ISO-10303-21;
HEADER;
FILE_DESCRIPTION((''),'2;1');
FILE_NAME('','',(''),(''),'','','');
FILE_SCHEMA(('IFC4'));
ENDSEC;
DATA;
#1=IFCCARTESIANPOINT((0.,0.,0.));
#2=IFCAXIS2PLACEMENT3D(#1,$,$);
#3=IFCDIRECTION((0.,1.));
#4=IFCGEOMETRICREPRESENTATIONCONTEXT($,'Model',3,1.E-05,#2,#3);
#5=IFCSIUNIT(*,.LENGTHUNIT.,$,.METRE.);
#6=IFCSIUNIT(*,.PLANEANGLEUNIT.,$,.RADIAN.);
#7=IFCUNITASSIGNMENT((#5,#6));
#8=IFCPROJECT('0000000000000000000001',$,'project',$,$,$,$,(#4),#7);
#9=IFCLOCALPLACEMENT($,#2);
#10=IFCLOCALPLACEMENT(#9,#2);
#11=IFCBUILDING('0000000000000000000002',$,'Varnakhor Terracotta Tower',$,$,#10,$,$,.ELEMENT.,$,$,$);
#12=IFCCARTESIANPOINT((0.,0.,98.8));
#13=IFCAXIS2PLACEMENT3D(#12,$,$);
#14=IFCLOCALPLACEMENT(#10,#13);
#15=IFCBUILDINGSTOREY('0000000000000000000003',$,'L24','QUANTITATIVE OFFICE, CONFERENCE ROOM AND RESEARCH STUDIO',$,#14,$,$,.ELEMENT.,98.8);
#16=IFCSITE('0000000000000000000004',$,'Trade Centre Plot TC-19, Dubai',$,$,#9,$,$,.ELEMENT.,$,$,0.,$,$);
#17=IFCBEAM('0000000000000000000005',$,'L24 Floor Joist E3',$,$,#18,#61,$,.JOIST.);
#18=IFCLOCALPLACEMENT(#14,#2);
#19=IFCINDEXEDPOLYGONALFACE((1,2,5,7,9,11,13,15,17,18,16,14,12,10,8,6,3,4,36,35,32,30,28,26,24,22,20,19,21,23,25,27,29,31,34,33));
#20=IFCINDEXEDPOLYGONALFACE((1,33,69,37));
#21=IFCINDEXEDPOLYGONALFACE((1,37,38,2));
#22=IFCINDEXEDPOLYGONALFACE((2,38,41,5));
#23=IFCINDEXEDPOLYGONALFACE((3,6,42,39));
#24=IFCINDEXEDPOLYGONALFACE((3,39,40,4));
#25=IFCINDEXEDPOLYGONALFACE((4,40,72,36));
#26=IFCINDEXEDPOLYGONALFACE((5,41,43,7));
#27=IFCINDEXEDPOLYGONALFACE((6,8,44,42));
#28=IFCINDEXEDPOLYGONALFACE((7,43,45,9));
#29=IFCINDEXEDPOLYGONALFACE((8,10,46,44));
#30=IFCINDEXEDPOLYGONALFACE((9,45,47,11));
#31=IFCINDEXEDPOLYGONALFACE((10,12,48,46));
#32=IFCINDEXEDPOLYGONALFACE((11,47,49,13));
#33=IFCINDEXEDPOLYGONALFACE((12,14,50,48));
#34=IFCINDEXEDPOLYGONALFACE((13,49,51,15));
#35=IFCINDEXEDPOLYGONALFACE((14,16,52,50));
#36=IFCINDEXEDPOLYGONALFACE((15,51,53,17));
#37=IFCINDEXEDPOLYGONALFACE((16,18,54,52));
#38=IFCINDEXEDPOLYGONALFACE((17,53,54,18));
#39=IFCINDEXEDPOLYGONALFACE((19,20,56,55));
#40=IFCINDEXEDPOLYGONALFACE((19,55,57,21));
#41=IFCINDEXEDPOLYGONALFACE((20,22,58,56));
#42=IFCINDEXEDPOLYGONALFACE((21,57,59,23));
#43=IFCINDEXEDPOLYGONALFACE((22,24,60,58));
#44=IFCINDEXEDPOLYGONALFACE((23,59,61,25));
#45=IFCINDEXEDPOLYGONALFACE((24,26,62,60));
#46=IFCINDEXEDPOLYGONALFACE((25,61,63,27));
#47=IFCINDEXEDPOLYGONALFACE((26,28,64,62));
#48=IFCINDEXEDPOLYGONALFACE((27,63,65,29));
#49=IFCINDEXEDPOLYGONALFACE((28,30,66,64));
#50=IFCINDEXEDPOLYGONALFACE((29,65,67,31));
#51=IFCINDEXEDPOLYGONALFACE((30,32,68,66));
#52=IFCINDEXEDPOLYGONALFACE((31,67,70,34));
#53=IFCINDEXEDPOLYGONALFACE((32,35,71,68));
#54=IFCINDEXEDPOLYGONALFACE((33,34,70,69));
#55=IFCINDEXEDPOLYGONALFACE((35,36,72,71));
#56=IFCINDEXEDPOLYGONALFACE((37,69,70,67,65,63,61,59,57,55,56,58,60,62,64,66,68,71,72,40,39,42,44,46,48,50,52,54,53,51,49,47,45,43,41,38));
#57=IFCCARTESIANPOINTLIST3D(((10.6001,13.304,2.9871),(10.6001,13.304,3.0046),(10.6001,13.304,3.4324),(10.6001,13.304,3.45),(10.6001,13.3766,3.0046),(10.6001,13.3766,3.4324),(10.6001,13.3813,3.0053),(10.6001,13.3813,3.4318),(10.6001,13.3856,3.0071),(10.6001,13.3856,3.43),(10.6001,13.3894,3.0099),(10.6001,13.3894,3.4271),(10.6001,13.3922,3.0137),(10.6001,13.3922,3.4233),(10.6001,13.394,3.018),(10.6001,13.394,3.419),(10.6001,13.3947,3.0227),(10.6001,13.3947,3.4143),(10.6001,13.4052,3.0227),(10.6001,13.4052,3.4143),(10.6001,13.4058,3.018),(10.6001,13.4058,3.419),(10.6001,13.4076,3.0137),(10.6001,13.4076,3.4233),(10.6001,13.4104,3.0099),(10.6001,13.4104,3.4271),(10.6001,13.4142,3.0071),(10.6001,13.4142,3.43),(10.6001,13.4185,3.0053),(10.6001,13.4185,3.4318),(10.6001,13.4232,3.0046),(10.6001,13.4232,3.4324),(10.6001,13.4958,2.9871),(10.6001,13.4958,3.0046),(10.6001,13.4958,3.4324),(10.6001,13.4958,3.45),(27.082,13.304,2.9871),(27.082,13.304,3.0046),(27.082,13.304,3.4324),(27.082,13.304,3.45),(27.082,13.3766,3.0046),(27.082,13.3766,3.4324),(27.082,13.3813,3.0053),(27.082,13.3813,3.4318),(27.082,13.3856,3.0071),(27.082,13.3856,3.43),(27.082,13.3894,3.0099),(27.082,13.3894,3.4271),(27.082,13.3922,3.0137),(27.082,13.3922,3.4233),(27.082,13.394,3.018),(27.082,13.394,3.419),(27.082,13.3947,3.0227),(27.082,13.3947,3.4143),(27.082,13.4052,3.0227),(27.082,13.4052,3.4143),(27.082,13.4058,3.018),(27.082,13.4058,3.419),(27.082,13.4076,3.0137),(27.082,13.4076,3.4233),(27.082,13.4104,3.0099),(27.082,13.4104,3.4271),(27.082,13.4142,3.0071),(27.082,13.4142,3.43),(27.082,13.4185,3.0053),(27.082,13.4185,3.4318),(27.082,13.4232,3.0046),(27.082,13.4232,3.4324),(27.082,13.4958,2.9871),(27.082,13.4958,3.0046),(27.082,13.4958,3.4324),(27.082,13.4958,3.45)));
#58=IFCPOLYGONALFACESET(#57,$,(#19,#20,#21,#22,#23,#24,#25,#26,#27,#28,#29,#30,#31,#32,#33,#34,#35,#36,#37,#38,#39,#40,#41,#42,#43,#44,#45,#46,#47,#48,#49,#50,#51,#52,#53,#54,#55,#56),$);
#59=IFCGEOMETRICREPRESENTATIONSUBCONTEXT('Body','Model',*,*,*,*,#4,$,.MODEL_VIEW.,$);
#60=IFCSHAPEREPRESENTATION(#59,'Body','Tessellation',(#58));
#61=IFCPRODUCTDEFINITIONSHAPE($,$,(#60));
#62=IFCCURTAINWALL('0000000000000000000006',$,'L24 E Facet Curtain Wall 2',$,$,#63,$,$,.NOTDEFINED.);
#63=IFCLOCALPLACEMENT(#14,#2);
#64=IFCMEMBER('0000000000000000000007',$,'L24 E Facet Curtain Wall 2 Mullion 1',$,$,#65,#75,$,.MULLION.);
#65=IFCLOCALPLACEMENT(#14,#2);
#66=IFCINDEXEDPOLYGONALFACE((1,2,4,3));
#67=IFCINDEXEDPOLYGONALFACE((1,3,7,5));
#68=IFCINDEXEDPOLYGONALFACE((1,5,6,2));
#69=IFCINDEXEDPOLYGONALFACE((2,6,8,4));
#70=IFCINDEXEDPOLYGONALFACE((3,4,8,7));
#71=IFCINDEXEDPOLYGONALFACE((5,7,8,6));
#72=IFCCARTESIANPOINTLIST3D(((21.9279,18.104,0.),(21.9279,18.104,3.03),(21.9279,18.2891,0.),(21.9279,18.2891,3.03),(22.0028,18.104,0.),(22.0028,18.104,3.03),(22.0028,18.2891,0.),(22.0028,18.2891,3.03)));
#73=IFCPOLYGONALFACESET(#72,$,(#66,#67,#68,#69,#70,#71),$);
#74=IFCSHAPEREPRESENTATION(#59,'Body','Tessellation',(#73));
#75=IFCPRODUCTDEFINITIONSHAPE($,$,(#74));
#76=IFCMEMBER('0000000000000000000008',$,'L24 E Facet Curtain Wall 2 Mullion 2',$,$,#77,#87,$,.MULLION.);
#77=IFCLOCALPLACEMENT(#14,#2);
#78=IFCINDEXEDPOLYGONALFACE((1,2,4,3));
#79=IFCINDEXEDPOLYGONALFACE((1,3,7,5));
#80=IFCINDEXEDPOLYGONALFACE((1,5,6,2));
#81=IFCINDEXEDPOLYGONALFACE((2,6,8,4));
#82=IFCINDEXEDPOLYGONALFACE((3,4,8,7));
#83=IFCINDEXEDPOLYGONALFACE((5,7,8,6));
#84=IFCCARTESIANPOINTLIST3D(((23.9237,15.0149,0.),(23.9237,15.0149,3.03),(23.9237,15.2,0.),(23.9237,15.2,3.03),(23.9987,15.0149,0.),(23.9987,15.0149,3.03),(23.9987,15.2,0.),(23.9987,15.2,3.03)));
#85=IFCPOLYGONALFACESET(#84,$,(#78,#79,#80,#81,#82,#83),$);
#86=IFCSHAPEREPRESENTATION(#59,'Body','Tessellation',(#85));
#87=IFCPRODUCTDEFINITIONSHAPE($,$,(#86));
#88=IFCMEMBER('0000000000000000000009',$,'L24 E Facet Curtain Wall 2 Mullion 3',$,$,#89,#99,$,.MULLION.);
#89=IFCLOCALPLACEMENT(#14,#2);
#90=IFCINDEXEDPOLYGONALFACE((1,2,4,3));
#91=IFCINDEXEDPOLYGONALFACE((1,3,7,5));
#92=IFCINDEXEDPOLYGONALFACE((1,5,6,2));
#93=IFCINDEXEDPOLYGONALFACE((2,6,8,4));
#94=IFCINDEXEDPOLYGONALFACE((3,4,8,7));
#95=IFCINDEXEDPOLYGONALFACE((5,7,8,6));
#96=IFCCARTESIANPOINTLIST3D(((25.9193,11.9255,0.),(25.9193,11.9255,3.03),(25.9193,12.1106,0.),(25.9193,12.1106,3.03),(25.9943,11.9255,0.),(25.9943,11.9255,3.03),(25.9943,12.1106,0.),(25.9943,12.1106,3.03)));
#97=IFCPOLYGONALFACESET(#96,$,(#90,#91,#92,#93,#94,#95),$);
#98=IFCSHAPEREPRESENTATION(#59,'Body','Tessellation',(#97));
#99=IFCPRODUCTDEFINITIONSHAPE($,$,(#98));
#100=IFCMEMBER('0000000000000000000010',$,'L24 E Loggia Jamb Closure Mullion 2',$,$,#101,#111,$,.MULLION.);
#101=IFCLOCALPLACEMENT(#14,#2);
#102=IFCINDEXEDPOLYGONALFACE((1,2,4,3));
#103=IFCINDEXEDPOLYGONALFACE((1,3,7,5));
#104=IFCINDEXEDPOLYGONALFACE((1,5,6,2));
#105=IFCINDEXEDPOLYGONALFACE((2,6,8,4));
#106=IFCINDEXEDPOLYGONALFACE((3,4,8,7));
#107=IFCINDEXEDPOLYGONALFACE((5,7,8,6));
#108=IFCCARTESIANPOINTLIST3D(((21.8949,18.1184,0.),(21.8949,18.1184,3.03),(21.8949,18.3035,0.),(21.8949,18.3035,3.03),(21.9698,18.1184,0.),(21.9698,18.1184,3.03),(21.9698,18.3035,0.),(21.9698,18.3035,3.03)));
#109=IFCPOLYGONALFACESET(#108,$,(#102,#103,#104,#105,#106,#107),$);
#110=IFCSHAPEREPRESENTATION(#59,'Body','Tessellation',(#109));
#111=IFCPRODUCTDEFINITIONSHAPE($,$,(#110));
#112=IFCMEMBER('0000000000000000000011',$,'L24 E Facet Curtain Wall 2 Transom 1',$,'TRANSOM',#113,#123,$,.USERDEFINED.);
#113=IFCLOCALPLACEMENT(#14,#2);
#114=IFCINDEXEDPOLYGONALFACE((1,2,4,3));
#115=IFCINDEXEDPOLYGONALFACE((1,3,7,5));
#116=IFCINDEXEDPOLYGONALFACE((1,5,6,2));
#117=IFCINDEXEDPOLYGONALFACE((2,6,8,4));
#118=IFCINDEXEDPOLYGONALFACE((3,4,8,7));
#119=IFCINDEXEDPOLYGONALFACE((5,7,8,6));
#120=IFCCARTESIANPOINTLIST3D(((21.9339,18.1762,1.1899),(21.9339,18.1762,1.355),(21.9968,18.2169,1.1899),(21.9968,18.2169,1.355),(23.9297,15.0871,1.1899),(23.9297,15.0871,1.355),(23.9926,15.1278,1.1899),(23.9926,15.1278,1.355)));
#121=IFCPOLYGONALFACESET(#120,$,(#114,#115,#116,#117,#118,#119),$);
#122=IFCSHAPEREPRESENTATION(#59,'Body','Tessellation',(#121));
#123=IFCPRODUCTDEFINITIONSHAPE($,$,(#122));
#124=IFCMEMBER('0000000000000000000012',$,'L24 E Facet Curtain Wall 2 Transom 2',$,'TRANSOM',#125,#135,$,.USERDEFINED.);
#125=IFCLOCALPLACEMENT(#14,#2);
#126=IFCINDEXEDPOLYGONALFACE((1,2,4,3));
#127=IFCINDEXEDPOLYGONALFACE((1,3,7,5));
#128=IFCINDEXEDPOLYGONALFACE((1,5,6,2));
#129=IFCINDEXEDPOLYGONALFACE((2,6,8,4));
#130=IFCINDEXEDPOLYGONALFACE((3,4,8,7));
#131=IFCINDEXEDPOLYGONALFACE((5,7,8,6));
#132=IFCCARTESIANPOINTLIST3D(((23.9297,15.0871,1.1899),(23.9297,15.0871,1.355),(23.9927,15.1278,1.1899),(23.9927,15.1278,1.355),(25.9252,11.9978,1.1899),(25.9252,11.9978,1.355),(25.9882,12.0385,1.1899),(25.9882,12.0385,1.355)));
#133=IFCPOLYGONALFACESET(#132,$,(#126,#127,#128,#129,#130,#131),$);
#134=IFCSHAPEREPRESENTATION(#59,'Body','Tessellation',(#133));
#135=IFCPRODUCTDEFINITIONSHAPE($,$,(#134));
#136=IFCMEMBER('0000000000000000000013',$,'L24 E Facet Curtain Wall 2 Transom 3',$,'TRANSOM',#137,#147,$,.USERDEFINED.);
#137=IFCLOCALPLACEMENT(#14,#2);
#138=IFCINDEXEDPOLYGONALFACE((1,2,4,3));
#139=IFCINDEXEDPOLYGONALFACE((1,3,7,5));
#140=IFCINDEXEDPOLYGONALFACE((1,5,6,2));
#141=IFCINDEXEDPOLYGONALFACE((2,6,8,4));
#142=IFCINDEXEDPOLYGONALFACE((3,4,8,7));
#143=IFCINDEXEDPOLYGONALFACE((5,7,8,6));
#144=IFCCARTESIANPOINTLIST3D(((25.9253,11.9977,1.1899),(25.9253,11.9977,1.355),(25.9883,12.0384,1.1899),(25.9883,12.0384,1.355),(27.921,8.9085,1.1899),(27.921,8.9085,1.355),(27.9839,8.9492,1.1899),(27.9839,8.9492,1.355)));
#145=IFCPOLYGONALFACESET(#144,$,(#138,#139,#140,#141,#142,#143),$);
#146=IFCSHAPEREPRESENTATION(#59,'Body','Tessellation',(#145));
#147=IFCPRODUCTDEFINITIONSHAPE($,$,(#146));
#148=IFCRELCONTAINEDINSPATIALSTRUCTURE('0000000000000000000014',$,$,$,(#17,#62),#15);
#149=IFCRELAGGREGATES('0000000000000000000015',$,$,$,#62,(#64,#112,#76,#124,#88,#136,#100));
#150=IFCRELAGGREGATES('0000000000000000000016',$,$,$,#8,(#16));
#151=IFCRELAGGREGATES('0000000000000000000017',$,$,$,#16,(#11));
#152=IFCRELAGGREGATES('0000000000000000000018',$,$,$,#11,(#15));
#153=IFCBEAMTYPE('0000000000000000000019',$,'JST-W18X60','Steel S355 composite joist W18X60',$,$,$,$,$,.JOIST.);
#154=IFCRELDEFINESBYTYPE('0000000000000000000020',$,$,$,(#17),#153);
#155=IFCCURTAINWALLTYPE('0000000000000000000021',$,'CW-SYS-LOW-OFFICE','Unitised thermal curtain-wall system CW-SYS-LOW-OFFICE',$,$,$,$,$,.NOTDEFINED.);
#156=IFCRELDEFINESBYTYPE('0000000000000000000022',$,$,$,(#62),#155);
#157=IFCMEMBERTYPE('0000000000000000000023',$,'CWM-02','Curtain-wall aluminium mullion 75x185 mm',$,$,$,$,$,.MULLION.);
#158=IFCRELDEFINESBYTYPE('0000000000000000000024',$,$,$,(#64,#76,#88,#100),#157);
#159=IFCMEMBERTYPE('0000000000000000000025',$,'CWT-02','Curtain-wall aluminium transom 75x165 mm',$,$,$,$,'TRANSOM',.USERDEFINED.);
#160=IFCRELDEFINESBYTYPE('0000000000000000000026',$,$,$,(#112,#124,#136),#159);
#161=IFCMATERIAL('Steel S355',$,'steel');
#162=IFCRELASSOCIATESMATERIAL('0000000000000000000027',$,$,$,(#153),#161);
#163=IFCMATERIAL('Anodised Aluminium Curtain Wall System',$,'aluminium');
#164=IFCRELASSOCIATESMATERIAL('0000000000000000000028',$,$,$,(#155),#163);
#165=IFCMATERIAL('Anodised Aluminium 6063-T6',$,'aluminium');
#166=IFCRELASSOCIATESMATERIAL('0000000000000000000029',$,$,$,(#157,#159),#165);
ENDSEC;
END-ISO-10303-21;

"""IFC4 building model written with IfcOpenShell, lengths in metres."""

from ifc_helpers import new_model, si_unit, direction, frame, origin, origin_2d, place, context, subcontext, project, spatial, rectangle, i_section, extrude, source, transform, mapped, material, material_profile, profile_set, type_object, type_shapes, element, aggregate, save


model = new_model("IFC4")

# Units and contexts
model_context = context("Model", 3, precision=1e-05, world=origin(), true_north=direction((0.0, 1.0)))
body_context = subcontext(model_context, "Body", "Model", "MODEL_VIEW")
ifc_project = project(units=[si_unit("LENGTHUNIT", "METRE"), si_unit("PLANEANGLEUNIT", "RADIAN")], contexts=[model_context])

# Site, building, storey
site_placement = place(None, origin())
site = spatial("IfcSite", under=ifc_project, at=site_placement, Name="Trade Centre Plot TC-19, Dubai", CompositionType="ELEMENT", RefElevation=0.0)
building_placement = place(site_placement, origin())
building = spatial("IfcBuilding", under=site, at=building_placement, Name="Varnakhor Terracotta Tower", CompositionType="ELEMENT")
storey_placement = place(building_placement, frame((0.0, 0.0, 98.8)))
storey = spatial("IfcBuildingStorey", under=building, at=storey_placement, Name="L24", Description="QUANTITATIVE OFFICE, CONFERENCE ROOM AND RESEARCH STUDIO", CompositionType="ELEMENT", Elevation=98.8)

# Beam
ifc_material_1 = material(Name="Steel S355", Category="steel")
ifc_material_profile_1 = material_profile(ifc_material_1, i_section(OverallWidth=0.1919, OverallDepth=0.4629, WebThickness=0.0105, FlangeThickness=0.0176, FilletRadius=0.0181, at=origin_2d()), Name="W18X60")
ifc_profile_set_1 = profile_set([ifc_material_profile_1], Name="Steel S355")
beam_type_1 = type_object("IfcBeamType", Name="JST-W18X60", Description="Steel S355 composite joist W18X60", PredefinedType="JOIST", material=ifc_profile_set_1)
shared_shape_1 = source(origin(), body_context, "Body", "SweptSolid", [
    extrude(i_section(OverallWidth=0.1919, OverallDepth=0.4629, WebThickness=0.0105, FlangeThickness=0.0176, FilletRadius=0.0181, at=origin_2d()), origin(), (0.0, 0.0, 1.0), 16.4819),
])
beam_1_placement = place(storey_placement, frame((10.6001, 13.3999, 3.2185), z_axis=(1.0, 0.0, 0.0), x_axis=(0.0, 1.0, 0.0)))
element("IfcBeam", 1, at=beam_1_placement, inside=storey, type_object=beam_type_1, Name="L24 Floor Joist E3", PredefinedType="JOIST", context=body_context, shape_type="MappedRepresentation", body=[
    mapped(shared_shape_1, transform((0.0, 0.0, 0.0), scale=1.0)),
])

# Curtain wall, members
ifc_material_2 = material(Name="Anodised Aluminium Curtain Wall System", Category="aluminium")
curtain_wall_type = type_object("IfcCurtainWallType", Name="CW-SYS-LOW-OFFICE", Description="Unitised thermal curtain-wall system CW-SYS-LOW-OFFICE", PredefinedType="NOTDEFINED", material=ifc_material_2)
curtain_wall_placement = place(storey_placement, origin())
curtain_wall = element("IfcCurtainWall", 2, at=curtain_wall_placement, inside=storey, type_object=curtain_wall_type, Name="L24 E Facet Curtain Wall 2", PredefinedType="NOTDEFINED")
ifc_material_3 = material(Name="Anodised Aluminium 6063-T6", Category="aluminium")
ifc_material_profile_2 = material_profile(ifc_material_3, rectangle(XDim=0.075, YDim=0.1851, at=origin_2d()), Name="ALU MULLION 75x185")
ifc_profile_set_2 = profile_set([ifc_material_profile_2], Name="Anodised Aluminium 6063-T6")
member_type_1 = type_object("IfcMemberType", Name="CWM-02", Description="Curtain-wall aluminium mullion 75x185 mm", PredefinedType="MULLION", material=ifc_profile_set_2)
shared_shape_2 = source(origin(), body_context, "Body", "SweptSolid", [
    extrude(rectangle(XDim=0.075, YDim=0.1851, at=origin_2d()), origin(), (0.0, 0.0, 1.0), 3.03),
])
type_shapes(member_type_1, [shared_shape_2])
member_1_placement = place(storey_placement, frame((21.9653, 18.1965, 0.0), z_axis=(0.0, 0.0, 1.0), x_axis=(1.0, 0.0, 0.0)))
member_1 = element("IfcMember", 3, at=member_1_placement, type_object=member_type_1, Name="L24 E Facet Curtain Wall 2 Mullion 1", PredefinedType="MULLION", context=body_context, shape_type="MappedRepresentation", body=[
    mapped(shared_shape_2, transform((0.0, 0.0, 0.0), scale=1.0)),
])
member_2_placement = place(storey_placement, frame((23.9612, 15.1074, 0.0), z_axis=(0.0, 0.0, 1.0), x_axis=(1.0, 0.0, 0.0)))
member_2 = element("IfcMember", 4, at=member_2_placement, type_object=member_type_1, Name="L24 E Facet Curtain Wall 2 Mullion 2", PredefinedType="MULLION", context=body_context, shape_type="MappedRepresentation", body=[
    mapped(shared_shape_2, transform((0.0, 0.0, 0.0), scale=1.0)),
])
member_3_placement = place(storey_placement, frame((25.9568, 12.0181, 0.0), z_axis=(0.0, 0.0, 1.0), x_axis=(1.0, 0.0, 0.0)))
member_3 = element("IfcMember", 5, at=member_3_placement, type_object=member_type_1, Name="L24 E Facet Curtain Wall 2 Mullion 3", PredefinedType="MULLION", context=body_context, shape_type="MappedRepresentation", body=[
    mapped(shared_shape_2, transform((0.0, 0.0, 0.0), scale=1.0)),
])
member_4_placement = place(storey_placement, frame((21.9324, 18.2109, 0.0), z_axis=(0.0, 0.0, 1.0), x_axis=(1.0, 0.0, 0.0)))
member_4 = element("IfcMember", 6, at=member_4_placement, type_object=member_type_1, Name="L24 E Loggia Jamb Closure Mullion 2", PredefinedType="MULLION", context=body_context, shape_type="MappedRepresentation", body=[
    mapped(shared_shape_2, transform((0.0, 0.0, 0.0), scale=1.0)),
])
ifc_material_profile_3 = material_profile(ifc_material_3, rectangle(XDim=0.075, YDim=0.165, at=origin_2d()), Name="ALU TRANSOM 75x165")
ifc_profile_set_3 = profile_set([ifc_material_profile_3], Name="Anodised Aluminium 6063-T6")
member_type_2 = type_object("IfcMemberType", Name="CWT-02", Description="Curtain-wall aluminium transom 75x165 mm", ElementType="TRANSOM", PredefinedType="USERDEFINED", material=ifc_profile_set_3)
shared_shape_3 = source(origin(), body_context, "Body", "SweptSolid", [
    extrude(rectangle(XDim=0.075, YDim=0.165, at=origin_2d()), origin(), (0.0, 0.0, 1.0), 3.6777),
])
member_5_placement = place(storey_placement, frame((21.9653, 18.1965, 1.2725), z_axis=(0.542679, -0.83994, 0.0), x_axis=(0.83994, 0.542679, 0.0)))
member_5 = element("IfcMember", 7, at=member_5_placement, type_object=member_type_2, Name="L24 E Facet Curtain Wall 2 Transom 1", ObjectType="TRANSOM", PredefinedType="USERDEFINED", context=body_context, shape_type="MappedRepresentation", body=[
    mapped(shared_shape_3, transform((0.0, 0.0, 0.0), scale=1.0)),
])
member_6_placement = place(storey_placement, frame((23.9612, 15.1074, 1.2725), z_axis=(0.542602, -0.83999, 0.0), x_axis=(0.83999, 0.542602, 0.0)))
member_6 = element("IfcMember", 8, at=member_6_placement, type_object=member_type_2, Name="L24 E Facet Curtain Wall 2 Transom 2", ObjectType="TRANSOM", PredefinedType="USERDEFINED", context=body_context, shape_type="MappedRepresentation", body=[
    mapped(shared_shape_3, transform((0.0, 0.0, 0.0), scale=1.0)),
])
member_7_placement = place(storey_placement, frame((25.9568, 12.0181, 1.2725), z_axis=(0.542632, -0.839971, 0.0), x_axis=(0.839971, 0.542632, 0.0)))
member_7 = element("IfcMember", 9, at=member_7_placement, type_object=member_type_2, Name="L24 E Facet Curtain Wall 2 Transom 3", ObjectType="TRANSOM", PredefinedType="USERDEFINED", context=body_context, shape_type="MappedRepresentation", body=[
    mapped(shared_shape_3, transform((0.0, 0.0, 0.0), scale=1.0)),
])

aggregate(curtain_wall, [member_1, member_5, member_2, member_6, member_3, member_7, member_4])

save(model, "model.ifc")
